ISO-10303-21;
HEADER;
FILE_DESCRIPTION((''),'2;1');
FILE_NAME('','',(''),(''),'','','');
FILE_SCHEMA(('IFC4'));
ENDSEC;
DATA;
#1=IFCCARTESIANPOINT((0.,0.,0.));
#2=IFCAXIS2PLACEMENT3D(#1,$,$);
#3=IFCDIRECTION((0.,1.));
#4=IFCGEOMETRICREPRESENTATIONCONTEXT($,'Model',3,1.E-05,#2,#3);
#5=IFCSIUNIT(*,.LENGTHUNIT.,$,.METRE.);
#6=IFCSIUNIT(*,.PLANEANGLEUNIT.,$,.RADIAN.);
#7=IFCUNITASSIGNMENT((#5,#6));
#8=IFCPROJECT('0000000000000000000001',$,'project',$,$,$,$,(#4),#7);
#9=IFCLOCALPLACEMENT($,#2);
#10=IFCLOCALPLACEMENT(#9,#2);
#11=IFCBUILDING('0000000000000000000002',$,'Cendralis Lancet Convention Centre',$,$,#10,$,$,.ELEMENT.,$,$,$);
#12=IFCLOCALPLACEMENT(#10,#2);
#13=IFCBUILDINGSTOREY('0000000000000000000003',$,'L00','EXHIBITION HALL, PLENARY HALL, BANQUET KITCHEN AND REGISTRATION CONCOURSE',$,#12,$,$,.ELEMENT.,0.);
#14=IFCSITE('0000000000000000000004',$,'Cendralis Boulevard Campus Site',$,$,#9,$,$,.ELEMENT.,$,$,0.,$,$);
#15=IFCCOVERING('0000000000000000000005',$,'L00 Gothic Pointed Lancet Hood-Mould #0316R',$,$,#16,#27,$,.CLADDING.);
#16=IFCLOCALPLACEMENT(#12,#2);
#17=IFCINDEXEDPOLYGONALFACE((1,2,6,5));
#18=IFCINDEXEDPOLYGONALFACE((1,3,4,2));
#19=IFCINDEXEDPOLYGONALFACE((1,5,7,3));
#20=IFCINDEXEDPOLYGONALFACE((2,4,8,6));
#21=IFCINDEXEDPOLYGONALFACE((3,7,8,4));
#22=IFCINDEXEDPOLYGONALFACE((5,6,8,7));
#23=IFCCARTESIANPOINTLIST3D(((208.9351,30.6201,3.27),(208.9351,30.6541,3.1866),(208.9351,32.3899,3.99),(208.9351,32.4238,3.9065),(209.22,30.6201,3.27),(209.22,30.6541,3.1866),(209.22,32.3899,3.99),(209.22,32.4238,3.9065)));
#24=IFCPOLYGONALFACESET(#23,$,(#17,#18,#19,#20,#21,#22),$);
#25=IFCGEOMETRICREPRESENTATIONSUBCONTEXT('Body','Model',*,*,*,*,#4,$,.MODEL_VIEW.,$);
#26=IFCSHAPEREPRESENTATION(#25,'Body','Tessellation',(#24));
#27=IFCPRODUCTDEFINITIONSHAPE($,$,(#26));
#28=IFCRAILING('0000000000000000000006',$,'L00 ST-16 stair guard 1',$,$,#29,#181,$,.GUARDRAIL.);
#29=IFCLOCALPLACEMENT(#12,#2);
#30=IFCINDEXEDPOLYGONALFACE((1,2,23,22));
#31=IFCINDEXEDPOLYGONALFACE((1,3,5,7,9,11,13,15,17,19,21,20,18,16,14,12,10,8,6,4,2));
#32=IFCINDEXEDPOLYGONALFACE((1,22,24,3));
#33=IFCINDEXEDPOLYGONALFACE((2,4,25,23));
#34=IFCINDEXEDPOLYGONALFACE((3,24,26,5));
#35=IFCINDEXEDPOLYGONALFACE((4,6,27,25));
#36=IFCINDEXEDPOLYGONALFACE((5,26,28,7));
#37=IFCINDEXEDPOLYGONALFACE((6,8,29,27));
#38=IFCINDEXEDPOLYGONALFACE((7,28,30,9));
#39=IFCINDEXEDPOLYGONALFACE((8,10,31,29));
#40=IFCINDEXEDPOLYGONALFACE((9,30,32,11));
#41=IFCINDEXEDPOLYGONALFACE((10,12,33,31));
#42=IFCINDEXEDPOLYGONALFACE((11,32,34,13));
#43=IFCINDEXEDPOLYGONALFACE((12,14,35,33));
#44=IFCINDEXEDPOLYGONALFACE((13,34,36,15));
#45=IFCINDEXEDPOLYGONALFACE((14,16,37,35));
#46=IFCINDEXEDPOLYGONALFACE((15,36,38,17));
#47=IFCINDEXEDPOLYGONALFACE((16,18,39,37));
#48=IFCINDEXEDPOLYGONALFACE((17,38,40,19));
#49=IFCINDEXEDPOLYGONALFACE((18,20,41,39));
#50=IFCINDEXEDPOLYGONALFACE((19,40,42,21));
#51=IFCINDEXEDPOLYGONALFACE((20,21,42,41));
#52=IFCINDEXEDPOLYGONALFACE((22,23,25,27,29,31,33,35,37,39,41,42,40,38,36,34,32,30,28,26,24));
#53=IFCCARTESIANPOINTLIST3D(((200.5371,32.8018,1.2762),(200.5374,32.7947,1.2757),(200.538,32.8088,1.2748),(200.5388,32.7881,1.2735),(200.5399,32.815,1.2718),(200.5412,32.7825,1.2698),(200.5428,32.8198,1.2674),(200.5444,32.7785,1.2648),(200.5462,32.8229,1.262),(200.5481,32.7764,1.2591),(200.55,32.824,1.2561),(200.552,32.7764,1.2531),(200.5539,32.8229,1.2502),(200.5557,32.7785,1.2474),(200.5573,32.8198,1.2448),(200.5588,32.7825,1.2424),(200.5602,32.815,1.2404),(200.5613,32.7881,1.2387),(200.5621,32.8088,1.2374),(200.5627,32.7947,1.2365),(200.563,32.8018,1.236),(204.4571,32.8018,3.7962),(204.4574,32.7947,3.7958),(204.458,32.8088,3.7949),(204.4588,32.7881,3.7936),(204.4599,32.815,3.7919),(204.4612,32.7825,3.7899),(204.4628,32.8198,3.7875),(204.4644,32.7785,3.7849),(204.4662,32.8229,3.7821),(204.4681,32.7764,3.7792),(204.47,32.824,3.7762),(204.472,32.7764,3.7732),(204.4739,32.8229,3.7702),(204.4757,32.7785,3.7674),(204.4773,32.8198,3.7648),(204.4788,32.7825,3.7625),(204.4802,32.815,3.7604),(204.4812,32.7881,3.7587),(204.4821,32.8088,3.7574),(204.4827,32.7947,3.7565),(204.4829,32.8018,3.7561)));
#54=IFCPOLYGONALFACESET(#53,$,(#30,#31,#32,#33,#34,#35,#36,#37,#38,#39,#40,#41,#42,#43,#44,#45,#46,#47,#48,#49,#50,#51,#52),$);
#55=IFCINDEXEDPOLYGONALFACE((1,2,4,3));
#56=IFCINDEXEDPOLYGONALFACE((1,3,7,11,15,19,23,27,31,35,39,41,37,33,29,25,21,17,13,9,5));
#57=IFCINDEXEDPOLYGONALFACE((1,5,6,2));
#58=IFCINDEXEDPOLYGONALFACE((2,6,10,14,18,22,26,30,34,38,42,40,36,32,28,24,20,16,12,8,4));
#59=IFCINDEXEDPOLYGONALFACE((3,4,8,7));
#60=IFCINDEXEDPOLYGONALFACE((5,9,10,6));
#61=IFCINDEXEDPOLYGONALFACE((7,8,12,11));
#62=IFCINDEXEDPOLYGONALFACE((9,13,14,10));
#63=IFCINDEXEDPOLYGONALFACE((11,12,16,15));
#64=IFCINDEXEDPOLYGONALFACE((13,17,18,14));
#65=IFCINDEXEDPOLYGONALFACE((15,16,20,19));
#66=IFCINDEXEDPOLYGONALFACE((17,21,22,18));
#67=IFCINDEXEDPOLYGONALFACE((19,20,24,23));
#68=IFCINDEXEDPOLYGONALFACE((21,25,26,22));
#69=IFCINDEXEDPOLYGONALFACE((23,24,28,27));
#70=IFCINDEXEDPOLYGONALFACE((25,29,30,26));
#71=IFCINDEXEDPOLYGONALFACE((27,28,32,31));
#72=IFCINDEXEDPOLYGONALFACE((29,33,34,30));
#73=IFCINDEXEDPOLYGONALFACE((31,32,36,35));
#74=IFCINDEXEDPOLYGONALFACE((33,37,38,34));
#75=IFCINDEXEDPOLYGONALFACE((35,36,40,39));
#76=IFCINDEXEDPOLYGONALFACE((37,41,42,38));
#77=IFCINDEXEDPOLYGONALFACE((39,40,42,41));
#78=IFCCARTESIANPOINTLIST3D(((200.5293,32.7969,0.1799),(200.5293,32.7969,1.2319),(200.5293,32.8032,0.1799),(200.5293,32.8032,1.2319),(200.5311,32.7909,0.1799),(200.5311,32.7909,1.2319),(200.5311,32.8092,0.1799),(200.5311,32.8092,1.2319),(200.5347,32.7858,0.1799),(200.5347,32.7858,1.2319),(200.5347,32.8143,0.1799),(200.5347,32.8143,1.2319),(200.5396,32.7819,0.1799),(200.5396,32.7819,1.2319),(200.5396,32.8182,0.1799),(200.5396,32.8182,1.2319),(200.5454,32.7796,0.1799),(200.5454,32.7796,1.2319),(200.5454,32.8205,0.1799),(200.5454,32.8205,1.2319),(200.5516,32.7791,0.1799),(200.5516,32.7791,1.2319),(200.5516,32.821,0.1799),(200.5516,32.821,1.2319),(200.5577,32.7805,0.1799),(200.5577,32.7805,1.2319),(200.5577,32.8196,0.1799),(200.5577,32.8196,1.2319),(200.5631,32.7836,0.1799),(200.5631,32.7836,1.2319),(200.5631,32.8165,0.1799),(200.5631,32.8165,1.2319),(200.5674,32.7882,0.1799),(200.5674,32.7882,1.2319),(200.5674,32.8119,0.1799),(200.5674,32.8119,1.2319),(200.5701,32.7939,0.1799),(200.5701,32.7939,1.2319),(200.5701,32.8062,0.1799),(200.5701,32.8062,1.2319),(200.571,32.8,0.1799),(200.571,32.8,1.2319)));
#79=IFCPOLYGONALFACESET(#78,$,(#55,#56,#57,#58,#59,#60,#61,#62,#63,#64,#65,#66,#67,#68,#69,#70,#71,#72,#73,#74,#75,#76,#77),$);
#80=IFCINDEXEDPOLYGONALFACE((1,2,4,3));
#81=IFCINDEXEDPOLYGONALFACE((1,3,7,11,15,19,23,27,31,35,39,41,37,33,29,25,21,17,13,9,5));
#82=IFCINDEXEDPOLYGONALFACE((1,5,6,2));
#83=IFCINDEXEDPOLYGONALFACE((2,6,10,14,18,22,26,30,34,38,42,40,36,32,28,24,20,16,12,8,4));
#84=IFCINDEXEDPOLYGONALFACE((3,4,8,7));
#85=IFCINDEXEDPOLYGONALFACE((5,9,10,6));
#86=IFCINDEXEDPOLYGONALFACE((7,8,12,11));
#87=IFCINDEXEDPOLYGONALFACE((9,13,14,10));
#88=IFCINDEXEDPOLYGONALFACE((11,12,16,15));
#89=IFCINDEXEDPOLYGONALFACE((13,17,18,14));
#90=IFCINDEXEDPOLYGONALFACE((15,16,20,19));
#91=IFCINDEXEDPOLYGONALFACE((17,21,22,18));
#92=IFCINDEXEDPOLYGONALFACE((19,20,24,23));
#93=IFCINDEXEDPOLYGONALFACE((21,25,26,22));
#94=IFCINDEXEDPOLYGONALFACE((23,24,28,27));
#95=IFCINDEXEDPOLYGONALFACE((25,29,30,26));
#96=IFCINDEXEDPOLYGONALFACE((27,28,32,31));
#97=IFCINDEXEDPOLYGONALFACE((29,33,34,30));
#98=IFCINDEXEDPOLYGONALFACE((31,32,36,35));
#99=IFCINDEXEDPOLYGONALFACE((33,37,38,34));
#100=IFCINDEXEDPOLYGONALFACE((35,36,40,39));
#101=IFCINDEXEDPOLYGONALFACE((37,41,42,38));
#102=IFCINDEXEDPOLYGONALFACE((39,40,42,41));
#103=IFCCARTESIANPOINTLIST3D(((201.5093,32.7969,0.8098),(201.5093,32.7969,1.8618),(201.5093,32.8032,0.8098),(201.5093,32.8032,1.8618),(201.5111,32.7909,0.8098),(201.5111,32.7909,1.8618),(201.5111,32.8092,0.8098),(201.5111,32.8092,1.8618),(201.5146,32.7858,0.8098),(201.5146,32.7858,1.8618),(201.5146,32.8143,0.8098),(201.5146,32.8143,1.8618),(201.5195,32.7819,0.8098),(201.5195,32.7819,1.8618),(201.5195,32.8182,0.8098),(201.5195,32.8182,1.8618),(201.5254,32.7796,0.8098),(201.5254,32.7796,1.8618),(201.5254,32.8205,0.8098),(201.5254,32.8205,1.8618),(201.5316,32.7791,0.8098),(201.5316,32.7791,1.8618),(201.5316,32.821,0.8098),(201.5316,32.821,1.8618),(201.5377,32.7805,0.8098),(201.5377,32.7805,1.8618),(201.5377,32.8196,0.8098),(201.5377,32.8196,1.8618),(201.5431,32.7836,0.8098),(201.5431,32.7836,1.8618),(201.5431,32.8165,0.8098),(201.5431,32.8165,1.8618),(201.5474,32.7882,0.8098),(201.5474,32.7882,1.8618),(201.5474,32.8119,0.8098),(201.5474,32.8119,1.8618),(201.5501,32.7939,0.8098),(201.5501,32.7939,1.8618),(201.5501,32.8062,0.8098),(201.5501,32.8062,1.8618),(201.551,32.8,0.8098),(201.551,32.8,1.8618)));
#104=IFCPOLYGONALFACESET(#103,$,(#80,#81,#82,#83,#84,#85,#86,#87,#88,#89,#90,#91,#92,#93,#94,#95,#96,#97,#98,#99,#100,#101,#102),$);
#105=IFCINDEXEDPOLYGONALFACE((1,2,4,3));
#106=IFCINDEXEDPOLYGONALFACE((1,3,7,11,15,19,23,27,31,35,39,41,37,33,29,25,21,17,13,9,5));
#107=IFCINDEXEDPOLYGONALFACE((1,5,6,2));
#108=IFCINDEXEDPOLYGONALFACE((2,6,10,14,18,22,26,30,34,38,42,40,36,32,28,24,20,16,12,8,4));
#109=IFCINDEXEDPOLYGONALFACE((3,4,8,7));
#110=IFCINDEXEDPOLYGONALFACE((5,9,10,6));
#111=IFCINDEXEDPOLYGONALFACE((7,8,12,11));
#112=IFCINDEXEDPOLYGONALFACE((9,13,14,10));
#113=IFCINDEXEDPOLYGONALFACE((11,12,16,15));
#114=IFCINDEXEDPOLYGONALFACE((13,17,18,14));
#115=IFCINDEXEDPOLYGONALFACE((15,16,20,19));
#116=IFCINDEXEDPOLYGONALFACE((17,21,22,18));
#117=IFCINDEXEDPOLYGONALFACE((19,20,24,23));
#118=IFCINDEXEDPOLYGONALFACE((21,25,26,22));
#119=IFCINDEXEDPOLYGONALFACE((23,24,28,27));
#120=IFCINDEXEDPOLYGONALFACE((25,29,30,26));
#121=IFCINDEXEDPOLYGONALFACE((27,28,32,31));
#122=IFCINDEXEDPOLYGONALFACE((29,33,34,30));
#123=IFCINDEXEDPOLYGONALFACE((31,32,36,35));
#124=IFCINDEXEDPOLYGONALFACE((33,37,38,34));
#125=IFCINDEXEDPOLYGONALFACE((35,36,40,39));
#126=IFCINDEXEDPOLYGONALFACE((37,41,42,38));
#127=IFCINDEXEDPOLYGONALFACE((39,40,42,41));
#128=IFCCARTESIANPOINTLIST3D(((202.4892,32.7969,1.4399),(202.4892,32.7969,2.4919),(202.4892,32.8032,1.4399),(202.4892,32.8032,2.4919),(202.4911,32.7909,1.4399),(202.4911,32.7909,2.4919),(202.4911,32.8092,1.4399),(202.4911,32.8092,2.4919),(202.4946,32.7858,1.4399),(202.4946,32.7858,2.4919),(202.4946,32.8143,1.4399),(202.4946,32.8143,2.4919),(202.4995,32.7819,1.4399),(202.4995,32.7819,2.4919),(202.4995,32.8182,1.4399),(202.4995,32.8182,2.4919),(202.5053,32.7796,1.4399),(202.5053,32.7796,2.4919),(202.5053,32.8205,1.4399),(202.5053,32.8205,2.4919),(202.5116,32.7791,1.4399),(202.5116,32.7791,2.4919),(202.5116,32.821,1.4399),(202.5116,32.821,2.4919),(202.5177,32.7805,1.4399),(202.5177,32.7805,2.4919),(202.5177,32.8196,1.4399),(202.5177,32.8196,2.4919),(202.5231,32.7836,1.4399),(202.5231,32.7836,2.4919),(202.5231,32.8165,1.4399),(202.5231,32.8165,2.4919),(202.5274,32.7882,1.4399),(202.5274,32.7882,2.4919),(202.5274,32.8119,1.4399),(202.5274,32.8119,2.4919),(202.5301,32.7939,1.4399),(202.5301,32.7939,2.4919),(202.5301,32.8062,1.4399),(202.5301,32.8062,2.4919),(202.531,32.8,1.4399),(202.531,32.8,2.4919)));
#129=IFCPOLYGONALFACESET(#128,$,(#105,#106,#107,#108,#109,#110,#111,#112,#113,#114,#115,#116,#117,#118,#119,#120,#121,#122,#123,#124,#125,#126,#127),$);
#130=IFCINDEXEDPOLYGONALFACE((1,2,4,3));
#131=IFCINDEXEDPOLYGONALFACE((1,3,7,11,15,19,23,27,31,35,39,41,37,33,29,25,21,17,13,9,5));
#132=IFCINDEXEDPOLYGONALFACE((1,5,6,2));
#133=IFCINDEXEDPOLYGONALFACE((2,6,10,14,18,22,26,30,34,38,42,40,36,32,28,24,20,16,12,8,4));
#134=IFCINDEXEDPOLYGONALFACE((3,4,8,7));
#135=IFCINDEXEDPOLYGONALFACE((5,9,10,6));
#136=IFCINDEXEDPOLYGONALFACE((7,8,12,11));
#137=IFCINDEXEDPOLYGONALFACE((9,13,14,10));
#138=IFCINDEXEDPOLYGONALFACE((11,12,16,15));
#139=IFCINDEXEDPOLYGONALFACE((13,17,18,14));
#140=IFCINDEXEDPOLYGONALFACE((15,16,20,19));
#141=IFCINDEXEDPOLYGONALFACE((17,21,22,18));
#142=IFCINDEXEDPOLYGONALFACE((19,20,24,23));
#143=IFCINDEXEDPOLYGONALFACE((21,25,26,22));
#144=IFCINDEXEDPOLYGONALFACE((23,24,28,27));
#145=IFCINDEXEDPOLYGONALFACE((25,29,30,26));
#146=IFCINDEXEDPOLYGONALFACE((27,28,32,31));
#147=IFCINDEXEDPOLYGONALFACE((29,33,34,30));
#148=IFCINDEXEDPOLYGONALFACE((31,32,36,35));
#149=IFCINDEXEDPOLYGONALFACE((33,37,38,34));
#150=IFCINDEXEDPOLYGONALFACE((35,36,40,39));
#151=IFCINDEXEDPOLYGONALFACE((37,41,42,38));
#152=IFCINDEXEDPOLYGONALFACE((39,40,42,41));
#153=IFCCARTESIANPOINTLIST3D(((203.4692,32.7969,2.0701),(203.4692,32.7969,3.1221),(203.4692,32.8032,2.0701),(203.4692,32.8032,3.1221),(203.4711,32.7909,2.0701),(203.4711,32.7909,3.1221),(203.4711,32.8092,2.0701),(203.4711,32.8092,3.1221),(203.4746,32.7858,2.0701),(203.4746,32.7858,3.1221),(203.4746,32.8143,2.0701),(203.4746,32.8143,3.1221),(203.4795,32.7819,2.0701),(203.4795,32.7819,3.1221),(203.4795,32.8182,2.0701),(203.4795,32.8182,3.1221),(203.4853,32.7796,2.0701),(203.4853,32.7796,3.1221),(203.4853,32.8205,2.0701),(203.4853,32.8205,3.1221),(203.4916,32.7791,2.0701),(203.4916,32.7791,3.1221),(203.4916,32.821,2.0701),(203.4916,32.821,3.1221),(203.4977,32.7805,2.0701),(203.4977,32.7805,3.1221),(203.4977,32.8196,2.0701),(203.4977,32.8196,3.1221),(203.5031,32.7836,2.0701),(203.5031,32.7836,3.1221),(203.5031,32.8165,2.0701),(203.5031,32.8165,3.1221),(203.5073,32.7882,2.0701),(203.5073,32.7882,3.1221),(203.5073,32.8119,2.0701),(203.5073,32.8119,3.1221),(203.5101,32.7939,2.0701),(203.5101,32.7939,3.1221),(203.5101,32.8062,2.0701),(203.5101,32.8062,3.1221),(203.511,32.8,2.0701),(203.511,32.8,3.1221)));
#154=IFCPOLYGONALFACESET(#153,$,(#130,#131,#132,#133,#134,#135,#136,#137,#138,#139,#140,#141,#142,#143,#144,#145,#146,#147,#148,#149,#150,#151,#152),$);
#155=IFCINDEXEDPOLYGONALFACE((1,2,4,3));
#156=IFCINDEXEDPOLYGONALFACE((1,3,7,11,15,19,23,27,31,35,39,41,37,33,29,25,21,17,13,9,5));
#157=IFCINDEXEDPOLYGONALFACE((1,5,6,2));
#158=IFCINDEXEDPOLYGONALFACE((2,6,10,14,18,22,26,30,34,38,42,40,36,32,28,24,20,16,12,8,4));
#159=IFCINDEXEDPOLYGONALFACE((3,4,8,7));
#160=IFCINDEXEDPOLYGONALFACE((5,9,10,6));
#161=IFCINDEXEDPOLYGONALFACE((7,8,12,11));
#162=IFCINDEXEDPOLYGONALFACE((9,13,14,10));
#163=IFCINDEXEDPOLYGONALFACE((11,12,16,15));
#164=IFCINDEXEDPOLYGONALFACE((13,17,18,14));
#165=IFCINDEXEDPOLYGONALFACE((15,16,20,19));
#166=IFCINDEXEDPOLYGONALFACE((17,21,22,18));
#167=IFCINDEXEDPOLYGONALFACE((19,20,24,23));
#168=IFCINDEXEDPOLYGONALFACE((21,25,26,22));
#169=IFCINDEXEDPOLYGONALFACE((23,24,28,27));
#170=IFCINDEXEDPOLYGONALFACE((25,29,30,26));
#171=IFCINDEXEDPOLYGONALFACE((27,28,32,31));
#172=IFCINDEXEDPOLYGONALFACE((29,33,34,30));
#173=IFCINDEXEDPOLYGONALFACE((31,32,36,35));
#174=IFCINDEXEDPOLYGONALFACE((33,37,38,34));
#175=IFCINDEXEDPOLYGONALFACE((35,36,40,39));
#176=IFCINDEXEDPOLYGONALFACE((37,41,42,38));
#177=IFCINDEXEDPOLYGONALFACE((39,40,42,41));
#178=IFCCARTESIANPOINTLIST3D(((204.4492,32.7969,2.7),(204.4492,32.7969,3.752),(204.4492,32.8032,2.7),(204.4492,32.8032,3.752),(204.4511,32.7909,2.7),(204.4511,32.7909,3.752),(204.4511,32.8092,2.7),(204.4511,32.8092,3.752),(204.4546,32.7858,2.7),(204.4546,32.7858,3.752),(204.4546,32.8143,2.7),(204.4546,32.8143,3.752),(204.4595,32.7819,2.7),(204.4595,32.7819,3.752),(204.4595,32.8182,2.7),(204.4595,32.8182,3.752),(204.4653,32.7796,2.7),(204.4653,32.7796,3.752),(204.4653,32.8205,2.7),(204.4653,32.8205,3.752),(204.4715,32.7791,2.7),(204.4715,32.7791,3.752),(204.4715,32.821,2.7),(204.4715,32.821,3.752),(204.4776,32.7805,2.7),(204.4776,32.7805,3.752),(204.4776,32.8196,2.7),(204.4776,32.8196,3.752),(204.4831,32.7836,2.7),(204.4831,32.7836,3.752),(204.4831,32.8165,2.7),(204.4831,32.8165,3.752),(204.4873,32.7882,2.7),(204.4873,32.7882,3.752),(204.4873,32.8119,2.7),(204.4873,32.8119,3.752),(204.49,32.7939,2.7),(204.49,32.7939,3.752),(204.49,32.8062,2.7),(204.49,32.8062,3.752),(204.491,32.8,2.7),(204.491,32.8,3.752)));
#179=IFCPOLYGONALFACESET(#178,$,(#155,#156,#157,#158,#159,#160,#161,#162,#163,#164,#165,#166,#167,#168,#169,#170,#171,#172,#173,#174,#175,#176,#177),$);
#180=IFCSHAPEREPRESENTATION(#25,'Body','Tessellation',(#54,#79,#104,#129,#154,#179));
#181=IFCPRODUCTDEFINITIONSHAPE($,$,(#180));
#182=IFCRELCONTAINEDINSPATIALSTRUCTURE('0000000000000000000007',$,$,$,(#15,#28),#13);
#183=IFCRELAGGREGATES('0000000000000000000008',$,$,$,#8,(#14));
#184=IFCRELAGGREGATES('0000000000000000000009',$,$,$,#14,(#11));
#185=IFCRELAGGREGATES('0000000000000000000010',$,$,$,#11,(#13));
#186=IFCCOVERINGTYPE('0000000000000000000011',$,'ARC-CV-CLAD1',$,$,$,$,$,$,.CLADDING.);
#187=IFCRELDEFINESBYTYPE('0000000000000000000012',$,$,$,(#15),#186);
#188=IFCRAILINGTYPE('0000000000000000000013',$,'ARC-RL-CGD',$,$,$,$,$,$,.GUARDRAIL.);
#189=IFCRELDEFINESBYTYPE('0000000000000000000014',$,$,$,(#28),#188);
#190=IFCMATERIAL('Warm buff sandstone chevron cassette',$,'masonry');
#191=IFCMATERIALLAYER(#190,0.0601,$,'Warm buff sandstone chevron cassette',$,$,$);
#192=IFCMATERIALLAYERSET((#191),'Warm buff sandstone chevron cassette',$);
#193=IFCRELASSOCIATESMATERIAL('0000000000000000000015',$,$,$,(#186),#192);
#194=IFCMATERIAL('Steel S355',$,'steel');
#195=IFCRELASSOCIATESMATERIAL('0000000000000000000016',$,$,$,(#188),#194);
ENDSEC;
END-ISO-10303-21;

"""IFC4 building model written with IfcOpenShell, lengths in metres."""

from ifc_helpers import new_model, si_unit, direction, frame, origin, origin_2d, place, context, subcontext, project, spatial, polyline, circle, outline, extrude, material, layer, layer_set, type_object, element, save


model = new_model("IFC4")

# Units and contexts
model_context = context("Model", 3, precision=1e-05, world=origin(), true_north=direction((0.0, 1.0)))
body_context = subcontext(model_context, "Body", "Model", "MODEL_VIEW")
ifc_project = project(units=[si_unit("LENGTHUNIT", "METRE"), si_unit("PLANEANGLEUNIT", "RADIAN")], contexts=[model_context])

# Site, building, storey
site_placement = place(None, origin())
site = spatial("IfcSite", under=ifc_project, at=site_placement, Name="Cendralis Boulevard Campus Site", CompositionType="ELEMENT", RefElevation=0.0)
building_placement = place(site_placement, origin())
building = spatial("IfcBuilding", under=site, at=building_placement, Name="Cendralis Lancet Convention Centre", CompositionType="ELEMENT")
storey_placement = place(building_placement, origin())
storey = spatial("IfcBuildingStorey", under=building, at=storey_placement, Name="L00", Description="EXHIBITION HALL, PLENARY HALL, BANQUET KITCHEN AND REGISTRATION CONCOURSE", CompositionType="ELEMENT", Elevation=0.0)

# Shared definitions
ifc_material_1 = material(Name="Steel S355", Category="steel")

# Covering
ifc_material_2 = material(Name="Warm buff sandstone chevron cassette", Category="masonry")
ifc_layer_1 = layer(ifc_material_2, 0.0601, Name="Warm buff sandstone chevron cassette")
ifc_layer_set_1 = layer_set([ifc_layer_1], Name="Warm buff sandstone chevron cassette")
covering_type = type_object("IfcCoveringType", Name="ARC-CV-CLAD1", PredefinedType="CLADDING", material=ifc_layer_set_1)
covering_1_placement = place(storey_placement, frame((209.22, 32.3899, 3.99), z_axis=(0.0, -0.376826, 0.926284), x_axis=(-1.0, 0.0, 0.0)))
element("IfcCovering", 1, at=covering_1_placement, inside=storey, type_object=covering_type, Name="L00 Gothic Pointed Lancet Hood-Mould #0316R", PredefinedType="CLADDING", context=body_context, shape_type="SweptSolid", body=[
    extrude(outline(polyline([(0.0, 0.0), (0.2849, 0.0), (0.2849, 1.9106), (0.0, 1.9106), (0.0, 0.0)])), origin(), (0.0, 0.0, -1.0), 0.0901),
])

# Railing
railing_type_1 = type_object("IfcRailingType", Name="ARC-RL-CGD", PredefinedType="GUARDRAIL", material=ifc_material_1)
railing_1_placement = place(storey_placement, frame((200.55, 32.8, 0.1799)))
element("IfcRailing", 2, at=railing_1_placement, inside=storey, type_object=railing_type_1, Name="L00 ST-16 stair guard 1", PredefinedType="GUARDRAIL", context=body_context, shape_type="SweptSolid", body=[
    extrude(circle(Radius=0.0239, at=origin_2d()), frame((0.0, 0.0, 1.0762), z_axis=(0.841172, 0.0, 0.540768), x_axis=(0.0, 1.0, 0.0)), (0.0, 0.0, 1.0), 4.6602),
    extrude(circle(Radius=0.021, at=origin_2d()), origin(), (0.0, 0.0, 1.0), 1.052),
    extrude(circle(Radius=0.021, at=origin_2d()), frame((0.98, 0.0, 0.6299)), (0.0, 0.0, 1.0), 1.052),
    extrude(circle(Radius=0.021, at=origin_2d()), frame((1.96, 0.0, 1.26)), (0.0, 0.0, 1.0), 1.052),
    extrude(circle(Radius=0.021, at=origin_2d()), frame((2.9399, 0.0, 1.8901)), (0.0, 0.0, 1.0), 1.052),
    extrude(circle(Radius=0.021, at=origin_2d()), frame((3.9199, 0.0, 2.52)), (0.0, 0.0, 1.0), 1.052),
])

save(model, "model.ifc")
